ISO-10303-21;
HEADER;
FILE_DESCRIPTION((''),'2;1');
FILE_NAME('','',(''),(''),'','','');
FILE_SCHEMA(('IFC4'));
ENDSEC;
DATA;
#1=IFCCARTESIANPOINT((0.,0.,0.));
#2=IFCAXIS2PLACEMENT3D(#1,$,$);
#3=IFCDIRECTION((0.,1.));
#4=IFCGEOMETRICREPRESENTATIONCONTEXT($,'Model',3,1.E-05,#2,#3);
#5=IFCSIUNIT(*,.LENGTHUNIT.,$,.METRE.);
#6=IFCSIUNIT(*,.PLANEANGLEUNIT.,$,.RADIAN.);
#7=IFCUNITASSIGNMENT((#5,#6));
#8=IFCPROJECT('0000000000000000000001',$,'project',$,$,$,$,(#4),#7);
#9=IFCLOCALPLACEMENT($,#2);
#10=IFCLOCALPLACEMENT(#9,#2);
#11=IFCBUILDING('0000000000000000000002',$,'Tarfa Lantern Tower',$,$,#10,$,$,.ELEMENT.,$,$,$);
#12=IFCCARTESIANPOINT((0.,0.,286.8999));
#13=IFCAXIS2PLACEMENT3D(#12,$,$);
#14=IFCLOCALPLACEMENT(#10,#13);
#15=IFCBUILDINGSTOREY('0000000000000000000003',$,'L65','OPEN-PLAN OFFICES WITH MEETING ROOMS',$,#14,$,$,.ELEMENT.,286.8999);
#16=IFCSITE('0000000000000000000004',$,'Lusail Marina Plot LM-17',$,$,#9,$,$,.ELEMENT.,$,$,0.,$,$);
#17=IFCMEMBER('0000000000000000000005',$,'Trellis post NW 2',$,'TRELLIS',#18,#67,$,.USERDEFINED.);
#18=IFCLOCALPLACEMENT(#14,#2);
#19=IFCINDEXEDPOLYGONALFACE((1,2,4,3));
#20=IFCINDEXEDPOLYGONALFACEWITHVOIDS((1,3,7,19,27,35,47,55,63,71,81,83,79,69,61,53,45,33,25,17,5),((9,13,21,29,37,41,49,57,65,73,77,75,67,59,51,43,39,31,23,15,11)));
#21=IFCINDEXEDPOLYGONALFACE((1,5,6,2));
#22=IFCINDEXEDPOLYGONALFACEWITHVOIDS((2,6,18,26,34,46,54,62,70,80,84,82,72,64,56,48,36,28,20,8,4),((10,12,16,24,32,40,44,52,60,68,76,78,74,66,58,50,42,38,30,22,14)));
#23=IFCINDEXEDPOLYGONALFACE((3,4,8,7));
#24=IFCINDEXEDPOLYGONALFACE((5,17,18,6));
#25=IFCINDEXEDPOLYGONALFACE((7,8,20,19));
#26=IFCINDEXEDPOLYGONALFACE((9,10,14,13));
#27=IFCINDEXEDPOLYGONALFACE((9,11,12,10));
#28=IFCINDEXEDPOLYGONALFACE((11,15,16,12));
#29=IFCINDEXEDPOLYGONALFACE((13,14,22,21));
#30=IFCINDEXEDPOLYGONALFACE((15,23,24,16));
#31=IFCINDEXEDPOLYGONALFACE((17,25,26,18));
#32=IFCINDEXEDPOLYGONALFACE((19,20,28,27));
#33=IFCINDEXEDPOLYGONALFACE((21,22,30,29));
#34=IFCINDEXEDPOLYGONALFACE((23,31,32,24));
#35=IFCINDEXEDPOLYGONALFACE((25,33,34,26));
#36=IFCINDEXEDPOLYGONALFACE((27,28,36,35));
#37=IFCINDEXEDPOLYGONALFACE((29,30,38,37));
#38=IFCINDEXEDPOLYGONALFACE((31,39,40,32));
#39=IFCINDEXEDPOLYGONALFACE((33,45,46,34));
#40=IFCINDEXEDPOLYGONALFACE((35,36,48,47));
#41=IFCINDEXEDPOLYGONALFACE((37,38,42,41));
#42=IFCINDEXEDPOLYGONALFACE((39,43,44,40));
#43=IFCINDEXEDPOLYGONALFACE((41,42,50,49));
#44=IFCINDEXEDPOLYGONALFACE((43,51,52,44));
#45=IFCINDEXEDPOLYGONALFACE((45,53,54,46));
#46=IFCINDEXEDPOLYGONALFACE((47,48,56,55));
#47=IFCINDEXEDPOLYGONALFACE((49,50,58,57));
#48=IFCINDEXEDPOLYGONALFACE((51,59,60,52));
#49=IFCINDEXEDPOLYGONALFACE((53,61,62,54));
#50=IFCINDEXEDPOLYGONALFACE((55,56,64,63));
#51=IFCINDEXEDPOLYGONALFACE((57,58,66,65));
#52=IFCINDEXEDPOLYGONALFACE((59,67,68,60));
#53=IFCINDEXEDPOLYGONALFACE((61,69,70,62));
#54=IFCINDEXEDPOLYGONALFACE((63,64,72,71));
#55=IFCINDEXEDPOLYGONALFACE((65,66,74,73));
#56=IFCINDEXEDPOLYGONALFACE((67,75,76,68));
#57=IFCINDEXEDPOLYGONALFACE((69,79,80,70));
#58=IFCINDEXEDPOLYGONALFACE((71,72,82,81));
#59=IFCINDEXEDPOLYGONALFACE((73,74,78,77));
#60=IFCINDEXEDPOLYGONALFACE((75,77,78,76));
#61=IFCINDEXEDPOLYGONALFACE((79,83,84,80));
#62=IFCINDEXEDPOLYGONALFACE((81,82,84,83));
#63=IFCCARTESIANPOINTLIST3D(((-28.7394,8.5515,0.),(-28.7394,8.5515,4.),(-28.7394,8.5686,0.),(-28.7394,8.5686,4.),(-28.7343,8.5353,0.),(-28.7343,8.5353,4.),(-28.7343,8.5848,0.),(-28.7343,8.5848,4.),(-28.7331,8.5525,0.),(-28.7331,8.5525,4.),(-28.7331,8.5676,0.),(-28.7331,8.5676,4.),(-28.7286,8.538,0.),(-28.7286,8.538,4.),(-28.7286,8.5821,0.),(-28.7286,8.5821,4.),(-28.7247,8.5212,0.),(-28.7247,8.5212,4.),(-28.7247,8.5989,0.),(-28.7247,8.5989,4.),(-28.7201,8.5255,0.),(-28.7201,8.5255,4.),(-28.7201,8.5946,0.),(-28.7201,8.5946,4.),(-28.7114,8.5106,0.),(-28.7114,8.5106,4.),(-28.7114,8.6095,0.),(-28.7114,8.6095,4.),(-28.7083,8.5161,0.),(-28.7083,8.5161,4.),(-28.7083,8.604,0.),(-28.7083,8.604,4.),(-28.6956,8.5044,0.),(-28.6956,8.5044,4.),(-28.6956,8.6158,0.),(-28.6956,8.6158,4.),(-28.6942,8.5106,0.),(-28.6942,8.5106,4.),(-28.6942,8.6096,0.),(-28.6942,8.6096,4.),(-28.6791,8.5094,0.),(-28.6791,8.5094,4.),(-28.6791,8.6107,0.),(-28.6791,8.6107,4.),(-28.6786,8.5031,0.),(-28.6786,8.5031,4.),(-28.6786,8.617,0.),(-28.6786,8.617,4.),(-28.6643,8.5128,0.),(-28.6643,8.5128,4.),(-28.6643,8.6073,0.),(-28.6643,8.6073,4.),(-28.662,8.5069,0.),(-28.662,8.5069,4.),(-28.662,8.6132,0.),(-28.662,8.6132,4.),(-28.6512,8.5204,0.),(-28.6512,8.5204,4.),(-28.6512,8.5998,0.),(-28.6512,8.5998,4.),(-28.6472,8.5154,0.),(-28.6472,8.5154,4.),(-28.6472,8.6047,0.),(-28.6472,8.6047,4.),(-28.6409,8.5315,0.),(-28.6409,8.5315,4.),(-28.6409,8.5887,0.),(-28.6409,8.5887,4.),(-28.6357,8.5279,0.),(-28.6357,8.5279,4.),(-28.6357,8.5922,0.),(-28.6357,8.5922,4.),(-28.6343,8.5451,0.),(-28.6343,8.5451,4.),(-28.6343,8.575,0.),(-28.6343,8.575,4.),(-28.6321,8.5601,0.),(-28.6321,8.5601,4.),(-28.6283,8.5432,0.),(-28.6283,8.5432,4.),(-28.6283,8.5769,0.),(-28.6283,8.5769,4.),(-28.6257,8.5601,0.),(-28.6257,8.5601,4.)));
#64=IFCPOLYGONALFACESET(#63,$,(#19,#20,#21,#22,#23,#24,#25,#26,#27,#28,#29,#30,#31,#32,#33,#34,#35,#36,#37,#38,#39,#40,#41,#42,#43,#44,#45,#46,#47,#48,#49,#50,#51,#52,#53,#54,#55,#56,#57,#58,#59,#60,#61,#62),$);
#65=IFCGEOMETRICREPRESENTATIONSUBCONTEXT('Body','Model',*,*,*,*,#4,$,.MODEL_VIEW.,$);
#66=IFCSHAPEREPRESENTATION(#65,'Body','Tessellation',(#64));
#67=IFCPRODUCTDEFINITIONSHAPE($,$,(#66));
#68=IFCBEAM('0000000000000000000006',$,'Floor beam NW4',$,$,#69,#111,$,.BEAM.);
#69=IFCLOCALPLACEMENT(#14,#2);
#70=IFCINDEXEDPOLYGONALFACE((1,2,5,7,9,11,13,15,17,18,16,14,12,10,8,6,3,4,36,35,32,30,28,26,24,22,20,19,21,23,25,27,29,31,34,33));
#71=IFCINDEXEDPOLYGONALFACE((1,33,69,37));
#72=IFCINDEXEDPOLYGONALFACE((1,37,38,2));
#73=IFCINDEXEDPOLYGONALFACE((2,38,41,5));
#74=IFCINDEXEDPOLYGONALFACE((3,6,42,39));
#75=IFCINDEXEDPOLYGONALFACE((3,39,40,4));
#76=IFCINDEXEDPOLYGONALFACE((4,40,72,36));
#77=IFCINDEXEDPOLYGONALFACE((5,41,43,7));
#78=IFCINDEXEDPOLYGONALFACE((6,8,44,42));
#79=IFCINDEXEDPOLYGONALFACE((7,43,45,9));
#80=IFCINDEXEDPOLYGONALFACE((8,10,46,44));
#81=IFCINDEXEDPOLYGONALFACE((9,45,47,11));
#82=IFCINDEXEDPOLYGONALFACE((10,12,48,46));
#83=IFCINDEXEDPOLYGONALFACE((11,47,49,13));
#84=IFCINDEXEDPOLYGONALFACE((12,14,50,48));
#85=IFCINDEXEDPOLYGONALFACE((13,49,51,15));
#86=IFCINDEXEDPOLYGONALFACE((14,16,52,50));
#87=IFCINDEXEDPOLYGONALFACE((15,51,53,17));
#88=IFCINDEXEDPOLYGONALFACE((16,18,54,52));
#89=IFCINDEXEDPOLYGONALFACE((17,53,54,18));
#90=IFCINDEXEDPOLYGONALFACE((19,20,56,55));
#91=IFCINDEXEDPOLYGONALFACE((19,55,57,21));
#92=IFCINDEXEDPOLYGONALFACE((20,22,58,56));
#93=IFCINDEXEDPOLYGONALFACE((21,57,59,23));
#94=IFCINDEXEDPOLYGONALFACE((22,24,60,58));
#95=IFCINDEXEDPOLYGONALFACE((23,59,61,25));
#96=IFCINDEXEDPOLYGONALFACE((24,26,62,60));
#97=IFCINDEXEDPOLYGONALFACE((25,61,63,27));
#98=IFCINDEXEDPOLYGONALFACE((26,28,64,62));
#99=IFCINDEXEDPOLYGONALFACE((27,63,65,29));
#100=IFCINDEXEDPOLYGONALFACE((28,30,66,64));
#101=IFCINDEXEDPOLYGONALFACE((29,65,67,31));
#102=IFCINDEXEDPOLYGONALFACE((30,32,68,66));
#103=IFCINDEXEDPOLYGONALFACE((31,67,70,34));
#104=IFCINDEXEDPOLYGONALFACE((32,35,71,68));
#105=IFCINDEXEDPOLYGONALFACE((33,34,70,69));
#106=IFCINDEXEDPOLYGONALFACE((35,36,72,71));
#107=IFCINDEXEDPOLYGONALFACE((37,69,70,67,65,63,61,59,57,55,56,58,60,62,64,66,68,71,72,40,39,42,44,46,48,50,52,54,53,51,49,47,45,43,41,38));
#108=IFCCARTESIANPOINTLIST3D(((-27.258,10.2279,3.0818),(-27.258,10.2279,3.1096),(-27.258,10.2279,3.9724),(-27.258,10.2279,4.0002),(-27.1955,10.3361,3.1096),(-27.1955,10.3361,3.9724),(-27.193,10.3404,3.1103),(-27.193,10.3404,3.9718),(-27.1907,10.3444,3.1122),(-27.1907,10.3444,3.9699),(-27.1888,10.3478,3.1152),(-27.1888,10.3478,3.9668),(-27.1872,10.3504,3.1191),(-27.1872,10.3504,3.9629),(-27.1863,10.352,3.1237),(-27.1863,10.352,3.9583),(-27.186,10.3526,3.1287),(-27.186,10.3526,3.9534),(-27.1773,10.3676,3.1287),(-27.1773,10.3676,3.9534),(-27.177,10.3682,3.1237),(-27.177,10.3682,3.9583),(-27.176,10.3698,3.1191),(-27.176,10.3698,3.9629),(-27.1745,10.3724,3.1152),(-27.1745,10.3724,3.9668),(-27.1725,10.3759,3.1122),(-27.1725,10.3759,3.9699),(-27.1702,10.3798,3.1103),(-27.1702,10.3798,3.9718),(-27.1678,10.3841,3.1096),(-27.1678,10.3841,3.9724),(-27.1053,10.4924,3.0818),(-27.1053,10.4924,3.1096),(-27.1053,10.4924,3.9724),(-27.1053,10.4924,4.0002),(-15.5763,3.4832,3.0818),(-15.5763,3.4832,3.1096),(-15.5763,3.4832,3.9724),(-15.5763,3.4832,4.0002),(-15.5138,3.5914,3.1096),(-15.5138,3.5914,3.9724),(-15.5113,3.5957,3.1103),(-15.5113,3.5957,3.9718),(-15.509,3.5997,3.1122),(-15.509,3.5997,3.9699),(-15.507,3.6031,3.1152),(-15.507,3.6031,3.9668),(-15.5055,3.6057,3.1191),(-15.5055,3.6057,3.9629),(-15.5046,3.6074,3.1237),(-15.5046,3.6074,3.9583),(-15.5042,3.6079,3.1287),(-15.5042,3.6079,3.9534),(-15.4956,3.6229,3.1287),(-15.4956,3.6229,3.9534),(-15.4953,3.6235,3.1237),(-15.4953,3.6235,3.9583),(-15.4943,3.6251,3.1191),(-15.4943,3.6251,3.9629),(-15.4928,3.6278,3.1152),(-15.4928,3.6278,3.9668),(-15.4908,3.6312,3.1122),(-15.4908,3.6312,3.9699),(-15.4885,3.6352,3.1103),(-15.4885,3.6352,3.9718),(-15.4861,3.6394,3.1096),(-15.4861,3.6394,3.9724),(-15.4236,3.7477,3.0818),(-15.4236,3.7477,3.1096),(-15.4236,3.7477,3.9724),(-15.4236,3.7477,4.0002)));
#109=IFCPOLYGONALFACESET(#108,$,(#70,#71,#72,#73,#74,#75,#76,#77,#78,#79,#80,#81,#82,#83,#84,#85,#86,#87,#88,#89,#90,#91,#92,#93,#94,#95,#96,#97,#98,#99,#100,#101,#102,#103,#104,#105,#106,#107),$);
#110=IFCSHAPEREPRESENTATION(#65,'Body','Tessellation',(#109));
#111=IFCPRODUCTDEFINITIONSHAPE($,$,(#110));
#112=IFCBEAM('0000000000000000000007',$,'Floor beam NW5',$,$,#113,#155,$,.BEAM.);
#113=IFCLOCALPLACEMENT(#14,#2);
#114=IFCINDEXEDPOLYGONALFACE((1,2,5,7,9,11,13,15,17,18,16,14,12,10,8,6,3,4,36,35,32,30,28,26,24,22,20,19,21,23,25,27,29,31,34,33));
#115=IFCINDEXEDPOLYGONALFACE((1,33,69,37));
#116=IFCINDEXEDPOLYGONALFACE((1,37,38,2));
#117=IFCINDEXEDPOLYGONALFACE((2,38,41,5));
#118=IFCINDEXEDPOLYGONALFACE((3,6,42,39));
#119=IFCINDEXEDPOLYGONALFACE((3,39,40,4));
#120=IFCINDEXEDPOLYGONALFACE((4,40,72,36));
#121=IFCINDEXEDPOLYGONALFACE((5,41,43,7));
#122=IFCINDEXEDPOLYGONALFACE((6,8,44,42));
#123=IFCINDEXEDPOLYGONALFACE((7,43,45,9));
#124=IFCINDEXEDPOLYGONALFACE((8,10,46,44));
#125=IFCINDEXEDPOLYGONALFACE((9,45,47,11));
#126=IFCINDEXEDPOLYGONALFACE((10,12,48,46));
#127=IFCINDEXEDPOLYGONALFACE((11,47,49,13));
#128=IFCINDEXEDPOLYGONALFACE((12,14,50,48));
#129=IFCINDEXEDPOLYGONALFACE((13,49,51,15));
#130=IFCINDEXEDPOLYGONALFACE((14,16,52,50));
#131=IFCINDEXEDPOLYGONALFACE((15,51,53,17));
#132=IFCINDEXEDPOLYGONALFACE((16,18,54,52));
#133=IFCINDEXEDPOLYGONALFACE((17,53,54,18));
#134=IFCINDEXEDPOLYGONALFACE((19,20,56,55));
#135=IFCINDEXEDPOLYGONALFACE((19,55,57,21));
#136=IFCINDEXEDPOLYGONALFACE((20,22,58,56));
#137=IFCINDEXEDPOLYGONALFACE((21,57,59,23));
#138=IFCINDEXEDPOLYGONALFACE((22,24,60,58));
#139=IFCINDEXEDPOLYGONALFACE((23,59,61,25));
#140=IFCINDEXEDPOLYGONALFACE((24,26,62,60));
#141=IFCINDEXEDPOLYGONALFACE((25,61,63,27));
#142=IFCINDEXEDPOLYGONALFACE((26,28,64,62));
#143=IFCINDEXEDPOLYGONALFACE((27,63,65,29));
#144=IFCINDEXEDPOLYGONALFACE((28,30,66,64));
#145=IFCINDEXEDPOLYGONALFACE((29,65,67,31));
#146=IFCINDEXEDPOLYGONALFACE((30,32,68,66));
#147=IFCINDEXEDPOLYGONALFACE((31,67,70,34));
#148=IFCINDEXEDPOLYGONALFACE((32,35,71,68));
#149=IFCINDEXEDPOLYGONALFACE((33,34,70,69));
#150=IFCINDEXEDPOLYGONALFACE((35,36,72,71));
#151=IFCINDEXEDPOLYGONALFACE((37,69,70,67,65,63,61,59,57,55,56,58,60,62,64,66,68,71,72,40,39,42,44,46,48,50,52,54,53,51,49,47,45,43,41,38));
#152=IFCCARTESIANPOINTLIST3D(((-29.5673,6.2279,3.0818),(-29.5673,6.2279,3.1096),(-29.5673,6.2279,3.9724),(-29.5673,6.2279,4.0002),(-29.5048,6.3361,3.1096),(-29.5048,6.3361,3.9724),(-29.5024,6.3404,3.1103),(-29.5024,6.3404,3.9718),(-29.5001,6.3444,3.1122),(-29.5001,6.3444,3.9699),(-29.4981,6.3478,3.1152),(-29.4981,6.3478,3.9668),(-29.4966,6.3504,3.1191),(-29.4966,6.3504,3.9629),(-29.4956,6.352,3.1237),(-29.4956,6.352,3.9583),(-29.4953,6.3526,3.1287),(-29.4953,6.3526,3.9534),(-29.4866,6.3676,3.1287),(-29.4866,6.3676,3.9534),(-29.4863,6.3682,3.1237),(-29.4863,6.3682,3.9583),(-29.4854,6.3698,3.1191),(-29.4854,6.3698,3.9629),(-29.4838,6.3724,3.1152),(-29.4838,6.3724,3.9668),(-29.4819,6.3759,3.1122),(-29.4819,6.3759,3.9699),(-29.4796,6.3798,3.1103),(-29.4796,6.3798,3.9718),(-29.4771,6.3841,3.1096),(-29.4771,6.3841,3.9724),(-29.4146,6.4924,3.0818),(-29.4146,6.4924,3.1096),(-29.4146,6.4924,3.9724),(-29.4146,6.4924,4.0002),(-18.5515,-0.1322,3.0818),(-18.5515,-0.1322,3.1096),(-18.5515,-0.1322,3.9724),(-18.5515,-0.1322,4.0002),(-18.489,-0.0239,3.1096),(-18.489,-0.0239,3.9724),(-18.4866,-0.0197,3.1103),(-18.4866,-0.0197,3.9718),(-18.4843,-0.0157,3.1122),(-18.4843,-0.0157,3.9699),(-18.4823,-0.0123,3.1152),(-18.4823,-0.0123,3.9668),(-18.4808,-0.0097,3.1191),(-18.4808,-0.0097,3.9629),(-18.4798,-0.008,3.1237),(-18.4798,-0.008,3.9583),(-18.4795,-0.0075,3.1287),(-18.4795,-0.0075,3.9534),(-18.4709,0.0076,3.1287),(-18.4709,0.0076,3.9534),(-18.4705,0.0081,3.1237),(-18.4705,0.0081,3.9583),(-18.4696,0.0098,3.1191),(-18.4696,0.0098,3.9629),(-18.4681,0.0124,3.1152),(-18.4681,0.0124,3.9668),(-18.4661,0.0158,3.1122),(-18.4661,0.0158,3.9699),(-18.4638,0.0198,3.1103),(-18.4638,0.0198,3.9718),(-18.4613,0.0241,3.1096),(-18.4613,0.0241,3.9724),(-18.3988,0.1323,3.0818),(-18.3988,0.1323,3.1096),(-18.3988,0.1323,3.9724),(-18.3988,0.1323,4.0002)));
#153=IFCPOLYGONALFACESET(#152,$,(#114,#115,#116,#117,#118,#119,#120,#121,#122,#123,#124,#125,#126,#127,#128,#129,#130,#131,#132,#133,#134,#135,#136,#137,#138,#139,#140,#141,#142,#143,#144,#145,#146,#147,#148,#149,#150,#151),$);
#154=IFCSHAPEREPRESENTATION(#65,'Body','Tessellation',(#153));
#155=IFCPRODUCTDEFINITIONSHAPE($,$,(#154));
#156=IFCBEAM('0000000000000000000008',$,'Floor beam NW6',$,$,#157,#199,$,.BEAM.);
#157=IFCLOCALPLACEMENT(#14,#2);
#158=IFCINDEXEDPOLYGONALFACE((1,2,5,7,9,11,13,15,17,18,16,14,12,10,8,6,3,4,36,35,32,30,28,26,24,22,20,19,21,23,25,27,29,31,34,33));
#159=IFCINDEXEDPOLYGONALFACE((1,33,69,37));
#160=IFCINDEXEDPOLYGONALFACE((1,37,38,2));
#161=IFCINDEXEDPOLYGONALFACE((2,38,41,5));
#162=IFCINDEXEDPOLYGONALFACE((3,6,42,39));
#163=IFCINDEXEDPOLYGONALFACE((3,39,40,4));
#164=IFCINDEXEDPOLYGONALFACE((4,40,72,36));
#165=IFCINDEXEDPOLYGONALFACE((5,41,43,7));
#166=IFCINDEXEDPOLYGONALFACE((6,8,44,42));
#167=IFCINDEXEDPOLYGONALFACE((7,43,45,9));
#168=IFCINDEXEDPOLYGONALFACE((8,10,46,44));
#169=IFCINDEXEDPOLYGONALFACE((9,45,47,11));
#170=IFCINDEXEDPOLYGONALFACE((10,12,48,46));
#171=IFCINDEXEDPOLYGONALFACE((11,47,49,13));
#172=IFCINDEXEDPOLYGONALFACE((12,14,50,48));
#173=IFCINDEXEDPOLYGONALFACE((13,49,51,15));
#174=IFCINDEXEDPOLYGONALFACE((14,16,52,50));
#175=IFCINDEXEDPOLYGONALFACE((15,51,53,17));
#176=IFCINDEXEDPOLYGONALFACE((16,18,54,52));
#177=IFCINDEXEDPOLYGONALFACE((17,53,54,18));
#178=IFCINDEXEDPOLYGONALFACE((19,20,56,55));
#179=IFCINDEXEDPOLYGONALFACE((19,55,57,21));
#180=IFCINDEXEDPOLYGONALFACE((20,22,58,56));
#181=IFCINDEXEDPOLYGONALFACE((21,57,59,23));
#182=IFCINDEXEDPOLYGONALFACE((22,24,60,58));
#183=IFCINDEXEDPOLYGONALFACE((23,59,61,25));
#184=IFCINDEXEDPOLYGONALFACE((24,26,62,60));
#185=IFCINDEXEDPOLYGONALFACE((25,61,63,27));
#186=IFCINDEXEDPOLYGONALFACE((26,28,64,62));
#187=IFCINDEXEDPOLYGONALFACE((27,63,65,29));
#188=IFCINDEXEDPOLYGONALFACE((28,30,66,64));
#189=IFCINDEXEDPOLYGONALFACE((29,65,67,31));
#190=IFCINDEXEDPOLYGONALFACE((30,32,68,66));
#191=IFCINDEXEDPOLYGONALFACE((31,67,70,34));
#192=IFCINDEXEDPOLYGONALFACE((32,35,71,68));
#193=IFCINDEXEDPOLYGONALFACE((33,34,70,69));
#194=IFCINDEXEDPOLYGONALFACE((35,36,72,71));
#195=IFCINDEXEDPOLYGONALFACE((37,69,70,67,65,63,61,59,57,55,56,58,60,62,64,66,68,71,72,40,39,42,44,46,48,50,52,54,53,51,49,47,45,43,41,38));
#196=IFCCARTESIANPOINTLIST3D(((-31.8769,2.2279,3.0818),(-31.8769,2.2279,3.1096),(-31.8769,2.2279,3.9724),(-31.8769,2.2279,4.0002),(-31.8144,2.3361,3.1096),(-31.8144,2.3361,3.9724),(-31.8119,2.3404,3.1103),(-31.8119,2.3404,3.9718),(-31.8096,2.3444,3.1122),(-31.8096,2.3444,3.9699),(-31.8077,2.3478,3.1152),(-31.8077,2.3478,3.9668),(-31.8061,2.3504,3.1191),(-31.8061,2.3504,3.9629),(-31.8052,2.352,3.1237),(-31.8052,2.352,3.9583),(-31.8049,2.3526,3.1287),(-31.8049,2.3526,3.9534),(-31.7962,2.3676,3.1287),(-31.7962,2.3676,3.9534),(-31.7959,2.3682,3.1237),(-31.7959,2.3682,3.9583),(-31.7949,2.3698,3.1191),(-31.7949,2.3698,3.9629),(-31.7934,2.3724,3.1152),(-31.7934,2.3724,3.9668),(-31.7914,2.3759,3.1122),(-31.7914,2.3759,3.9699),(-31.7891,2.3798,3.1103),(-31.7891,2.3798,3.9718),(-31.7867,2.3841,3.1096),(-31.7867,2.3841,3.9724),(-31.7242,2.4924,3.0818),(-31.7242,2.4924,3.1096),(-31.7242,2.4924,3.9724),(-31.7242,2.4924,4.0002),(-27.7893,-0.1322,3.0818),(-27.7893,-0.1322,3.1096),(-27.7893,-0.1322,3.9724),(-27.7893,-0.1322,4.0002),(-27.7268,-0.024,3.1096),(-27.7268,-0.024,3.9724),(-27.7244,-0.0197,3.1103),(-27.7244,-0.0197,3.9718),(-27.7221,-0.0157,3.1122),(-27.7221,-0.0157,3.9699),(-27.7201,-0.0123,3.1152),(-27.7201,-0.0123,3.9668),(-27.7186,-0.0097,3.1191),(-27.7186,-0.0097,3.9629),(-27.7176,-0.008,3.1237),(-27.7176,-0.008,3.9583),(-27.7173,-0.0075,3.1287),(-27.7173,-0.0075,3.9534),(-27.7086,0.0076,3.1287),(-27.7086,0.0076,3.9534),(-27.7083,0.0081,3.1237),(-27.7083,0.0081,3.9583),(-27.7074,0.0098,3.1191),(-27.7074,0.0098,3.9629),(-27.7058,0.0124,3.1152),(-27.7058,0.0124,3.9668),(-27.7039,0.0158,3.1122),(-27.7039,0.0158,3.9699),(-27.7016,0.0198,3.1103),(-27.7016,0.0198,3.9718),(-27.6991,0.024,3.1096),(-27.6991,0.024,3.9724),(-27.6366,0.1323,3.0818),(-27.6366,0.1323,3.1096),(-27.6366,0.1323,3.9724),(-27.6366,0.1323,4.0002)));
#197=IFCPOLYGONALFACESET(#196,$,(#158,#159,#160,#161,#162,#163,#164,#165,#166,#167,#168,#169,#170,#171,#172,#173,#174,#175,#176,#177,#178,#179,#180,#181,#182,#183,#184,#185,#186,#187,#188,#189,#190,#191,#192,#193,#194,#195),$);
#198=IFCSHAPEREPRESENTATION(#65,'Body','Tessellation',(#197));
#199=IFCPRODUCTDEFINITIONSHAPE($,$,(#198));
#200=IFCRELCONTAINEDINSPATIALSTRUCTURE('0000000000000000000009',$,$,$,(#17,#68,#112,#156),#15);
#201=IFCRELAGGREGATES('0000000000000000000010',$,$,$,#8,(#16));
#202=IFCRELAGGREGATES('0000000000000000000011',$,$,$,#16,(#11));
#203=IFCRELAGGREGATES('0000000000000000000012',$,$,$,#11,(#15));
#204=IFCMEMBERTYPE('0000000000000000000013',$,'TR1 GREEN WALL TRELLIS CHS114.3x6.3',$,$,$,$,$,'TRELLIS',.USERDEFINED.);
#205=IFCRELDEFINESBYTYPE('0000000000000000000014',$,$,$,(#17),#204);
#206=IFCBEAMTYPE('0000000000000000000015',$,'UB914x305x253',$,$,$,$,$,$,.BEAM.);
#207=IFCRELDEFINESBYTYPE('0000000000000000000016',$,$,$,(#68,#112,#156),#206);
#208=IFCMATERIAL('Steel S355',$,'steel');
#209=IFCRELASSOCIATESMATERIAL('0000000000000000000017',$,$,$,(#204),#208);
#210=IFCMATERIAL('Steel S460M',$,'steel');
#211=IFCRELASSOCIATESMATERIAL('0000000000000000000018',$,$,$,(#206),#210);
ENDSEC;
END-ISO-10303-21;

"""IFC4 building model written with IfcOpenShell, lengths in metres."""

from ifc_helpers import new_model, si_unit, direction, frame, origin, origin_2d, place, context, subcontext, project, spatial, hollow_circle, i_section, extrude, material, material_profile, profile_set, type_object, element, save


model = new_model("IFC4")

# Units and contexts
model_context = context("Model", 3, precision=1e-05, world=origin(), true_north=direction((0.0, 1.0)))
body_context = subcontext(model_context, "Body", "Model", "MODEL_VIEW")
ifc_project = project(units=[si_unit("LENGTHUNIT", "METRE"), si_unit("PLANEANGLEUNIT", "RADIAN")], contexts=[model_context])

# Site, building, storey
site_placement = place(None, origin())
site = spatial("IfcSite", under=ifc_project, at=site_placement, Name="Lusail Marina Plot LM-17", CompositionType="ELEMENT", RefElevation=0.0)
building_placement = place(site_placement, origin())
building = spatial("IfcBuilding", under=site, at=building_placement, Name="Tarfa Lantern Tower", CompositionType="ELEMENT")
storey_placement = place(building_placement, frame((0.0, 0.0, 286.8999)))
storey = spatial("IfcBuildingStorey", under=building, at=storey_placement, Name="L65", Description="OPEN-PLAN OFFICES WITH MEETING ROOMS", CompositionType="ELEMENT", Elevation=286.8999)

# Member
ifc_material_1 = material(Name="Steel S355", Category="steel")
ifc_material_profile_1 = material_profile(ifc_material_1, hollow_circle(Radius=0.0571, WallThickness=0.0063, at=origin_2d()), Name="CHS114.3x6.3")
ifc_profile_set_1 = profile_set([ifc_material_profile_1], Name="Steel S355")
member_type_1 = type_object("IfcMemberType", Name="TR1 GREEN WALL TRELLIS CHS114.3x6.3", ElementType="TRELLIS", PredefinedType="USERDEFINED", material=ifc_profile_set_1)
member_1_placement = place(storey_placement, frame((-28.6829, 8.5601, 0.0), z_axis=(0.0, 0.0, 1.0), x_axis=(1.0, 0.0, 0.0)))
element("IfcMember", 1, at=member_1_placement, inside=storey, type_object=member_type_1, Name="Trellis post NW 2", ObjectType="TRELLIS", PredefinedType="USERDEFINED", context=body_context, shape_type="SweptSolid", body=[
    extrude(hollow_circle(Radius=0.0571, WallThickness=0.0063, at=origin_2d()), origin(), (0.0, 0.0, 1.0), 4.0),
])

# Beams
ifc_material_2 = material(Name="Steel S460M", Category="steel")
ifc_material_profile_2 = material_profile(ifc_material_2, i_section(OverallWidth=0.3054, OverallDepth=0.9185, WebThickness=0.0173, FlangeThickness=0.0278, FilletRadius=0.019, at=origin_2d()), Name="UB914x305x253")
ifc_profile_set_2 = profile_set([ifc_material_profile_2], Name="Steel S460M")
beam_type_1 = type_object("IfcBeamType", Name="UB914x305x253", PredefinedType="BEAM", material=ifc_profile_set_2)
beam_1_placement = place(storey_placement, frame((-27.1816, 10.3601, 3.541), z_axis=(0.866018, -0.500013, 0.0), x_axis=(0.500013, 0.866018, 0.0)))
element("IfcBeam", 2, at=beam_1_placement, inside=storey, type_object=beam_type_1, Name="Floor beam NW4", PredefinedType="BEAM", context=body_context, shape_type="SweptSolid", body=[
    extrude(i_section(OverallWidth=0.3054, OverallDepth=0.9185, WebThickness=0.0173, FlangeThickness=0.0278, FilletRadius=0.019, at=origin_2d()), origin(), (0.0, 0.0, 1.0), 13.489),
])
beam_2_placement = place(storey_placement, frame((-29.491, 6.3601, 3.541), z_axis=(0.866022, -0.500005, 0.0), x_axis=(0.500005, 0.866022, 0.0)))
element("IfcBeam", 3, at=beam_2_placement, inside=storey, type_object=beam_type_1, Name="Floor beam NW5", PredefinedType="BEAM", context=body_context, shape_type="SweptSolid", body=[
    extrude(i_section(OverallWidth=0.3054, OverallDepth=0.9185, WebThickness=0.0173, FlangeThickness=0.0278, FilletRadius=0.019, at=origin_2d()), origin(), (0.0, 0.0, 1.0), 12.72),
])
beam_3_placement = place(storey_placement, frame((-31.8005, 2.3601, 3.541), z_axis=(0.866016, -0.500016, 0.0), x_axis=(0.500016, 0.866016, 0.0)))
element("IfcBeam", 4, at=beam_3_placement, inside=storey, type_object=beam_type_1, Name="Floor beam NW6", PredefinedType="BEAM", context=body_context, shape_type="SweptSolid", body=[
    extrude(i_section(OverallWidth=0.3054, OverallDepth=0.9185, WebThickness=0.0173, FlangeThickness=0.0278, FilletRadius=0.019, at=origin_2d()), origin(), (0.0, 0.0, 1.0), 4.72),
])

save(model, "model.ifc")
